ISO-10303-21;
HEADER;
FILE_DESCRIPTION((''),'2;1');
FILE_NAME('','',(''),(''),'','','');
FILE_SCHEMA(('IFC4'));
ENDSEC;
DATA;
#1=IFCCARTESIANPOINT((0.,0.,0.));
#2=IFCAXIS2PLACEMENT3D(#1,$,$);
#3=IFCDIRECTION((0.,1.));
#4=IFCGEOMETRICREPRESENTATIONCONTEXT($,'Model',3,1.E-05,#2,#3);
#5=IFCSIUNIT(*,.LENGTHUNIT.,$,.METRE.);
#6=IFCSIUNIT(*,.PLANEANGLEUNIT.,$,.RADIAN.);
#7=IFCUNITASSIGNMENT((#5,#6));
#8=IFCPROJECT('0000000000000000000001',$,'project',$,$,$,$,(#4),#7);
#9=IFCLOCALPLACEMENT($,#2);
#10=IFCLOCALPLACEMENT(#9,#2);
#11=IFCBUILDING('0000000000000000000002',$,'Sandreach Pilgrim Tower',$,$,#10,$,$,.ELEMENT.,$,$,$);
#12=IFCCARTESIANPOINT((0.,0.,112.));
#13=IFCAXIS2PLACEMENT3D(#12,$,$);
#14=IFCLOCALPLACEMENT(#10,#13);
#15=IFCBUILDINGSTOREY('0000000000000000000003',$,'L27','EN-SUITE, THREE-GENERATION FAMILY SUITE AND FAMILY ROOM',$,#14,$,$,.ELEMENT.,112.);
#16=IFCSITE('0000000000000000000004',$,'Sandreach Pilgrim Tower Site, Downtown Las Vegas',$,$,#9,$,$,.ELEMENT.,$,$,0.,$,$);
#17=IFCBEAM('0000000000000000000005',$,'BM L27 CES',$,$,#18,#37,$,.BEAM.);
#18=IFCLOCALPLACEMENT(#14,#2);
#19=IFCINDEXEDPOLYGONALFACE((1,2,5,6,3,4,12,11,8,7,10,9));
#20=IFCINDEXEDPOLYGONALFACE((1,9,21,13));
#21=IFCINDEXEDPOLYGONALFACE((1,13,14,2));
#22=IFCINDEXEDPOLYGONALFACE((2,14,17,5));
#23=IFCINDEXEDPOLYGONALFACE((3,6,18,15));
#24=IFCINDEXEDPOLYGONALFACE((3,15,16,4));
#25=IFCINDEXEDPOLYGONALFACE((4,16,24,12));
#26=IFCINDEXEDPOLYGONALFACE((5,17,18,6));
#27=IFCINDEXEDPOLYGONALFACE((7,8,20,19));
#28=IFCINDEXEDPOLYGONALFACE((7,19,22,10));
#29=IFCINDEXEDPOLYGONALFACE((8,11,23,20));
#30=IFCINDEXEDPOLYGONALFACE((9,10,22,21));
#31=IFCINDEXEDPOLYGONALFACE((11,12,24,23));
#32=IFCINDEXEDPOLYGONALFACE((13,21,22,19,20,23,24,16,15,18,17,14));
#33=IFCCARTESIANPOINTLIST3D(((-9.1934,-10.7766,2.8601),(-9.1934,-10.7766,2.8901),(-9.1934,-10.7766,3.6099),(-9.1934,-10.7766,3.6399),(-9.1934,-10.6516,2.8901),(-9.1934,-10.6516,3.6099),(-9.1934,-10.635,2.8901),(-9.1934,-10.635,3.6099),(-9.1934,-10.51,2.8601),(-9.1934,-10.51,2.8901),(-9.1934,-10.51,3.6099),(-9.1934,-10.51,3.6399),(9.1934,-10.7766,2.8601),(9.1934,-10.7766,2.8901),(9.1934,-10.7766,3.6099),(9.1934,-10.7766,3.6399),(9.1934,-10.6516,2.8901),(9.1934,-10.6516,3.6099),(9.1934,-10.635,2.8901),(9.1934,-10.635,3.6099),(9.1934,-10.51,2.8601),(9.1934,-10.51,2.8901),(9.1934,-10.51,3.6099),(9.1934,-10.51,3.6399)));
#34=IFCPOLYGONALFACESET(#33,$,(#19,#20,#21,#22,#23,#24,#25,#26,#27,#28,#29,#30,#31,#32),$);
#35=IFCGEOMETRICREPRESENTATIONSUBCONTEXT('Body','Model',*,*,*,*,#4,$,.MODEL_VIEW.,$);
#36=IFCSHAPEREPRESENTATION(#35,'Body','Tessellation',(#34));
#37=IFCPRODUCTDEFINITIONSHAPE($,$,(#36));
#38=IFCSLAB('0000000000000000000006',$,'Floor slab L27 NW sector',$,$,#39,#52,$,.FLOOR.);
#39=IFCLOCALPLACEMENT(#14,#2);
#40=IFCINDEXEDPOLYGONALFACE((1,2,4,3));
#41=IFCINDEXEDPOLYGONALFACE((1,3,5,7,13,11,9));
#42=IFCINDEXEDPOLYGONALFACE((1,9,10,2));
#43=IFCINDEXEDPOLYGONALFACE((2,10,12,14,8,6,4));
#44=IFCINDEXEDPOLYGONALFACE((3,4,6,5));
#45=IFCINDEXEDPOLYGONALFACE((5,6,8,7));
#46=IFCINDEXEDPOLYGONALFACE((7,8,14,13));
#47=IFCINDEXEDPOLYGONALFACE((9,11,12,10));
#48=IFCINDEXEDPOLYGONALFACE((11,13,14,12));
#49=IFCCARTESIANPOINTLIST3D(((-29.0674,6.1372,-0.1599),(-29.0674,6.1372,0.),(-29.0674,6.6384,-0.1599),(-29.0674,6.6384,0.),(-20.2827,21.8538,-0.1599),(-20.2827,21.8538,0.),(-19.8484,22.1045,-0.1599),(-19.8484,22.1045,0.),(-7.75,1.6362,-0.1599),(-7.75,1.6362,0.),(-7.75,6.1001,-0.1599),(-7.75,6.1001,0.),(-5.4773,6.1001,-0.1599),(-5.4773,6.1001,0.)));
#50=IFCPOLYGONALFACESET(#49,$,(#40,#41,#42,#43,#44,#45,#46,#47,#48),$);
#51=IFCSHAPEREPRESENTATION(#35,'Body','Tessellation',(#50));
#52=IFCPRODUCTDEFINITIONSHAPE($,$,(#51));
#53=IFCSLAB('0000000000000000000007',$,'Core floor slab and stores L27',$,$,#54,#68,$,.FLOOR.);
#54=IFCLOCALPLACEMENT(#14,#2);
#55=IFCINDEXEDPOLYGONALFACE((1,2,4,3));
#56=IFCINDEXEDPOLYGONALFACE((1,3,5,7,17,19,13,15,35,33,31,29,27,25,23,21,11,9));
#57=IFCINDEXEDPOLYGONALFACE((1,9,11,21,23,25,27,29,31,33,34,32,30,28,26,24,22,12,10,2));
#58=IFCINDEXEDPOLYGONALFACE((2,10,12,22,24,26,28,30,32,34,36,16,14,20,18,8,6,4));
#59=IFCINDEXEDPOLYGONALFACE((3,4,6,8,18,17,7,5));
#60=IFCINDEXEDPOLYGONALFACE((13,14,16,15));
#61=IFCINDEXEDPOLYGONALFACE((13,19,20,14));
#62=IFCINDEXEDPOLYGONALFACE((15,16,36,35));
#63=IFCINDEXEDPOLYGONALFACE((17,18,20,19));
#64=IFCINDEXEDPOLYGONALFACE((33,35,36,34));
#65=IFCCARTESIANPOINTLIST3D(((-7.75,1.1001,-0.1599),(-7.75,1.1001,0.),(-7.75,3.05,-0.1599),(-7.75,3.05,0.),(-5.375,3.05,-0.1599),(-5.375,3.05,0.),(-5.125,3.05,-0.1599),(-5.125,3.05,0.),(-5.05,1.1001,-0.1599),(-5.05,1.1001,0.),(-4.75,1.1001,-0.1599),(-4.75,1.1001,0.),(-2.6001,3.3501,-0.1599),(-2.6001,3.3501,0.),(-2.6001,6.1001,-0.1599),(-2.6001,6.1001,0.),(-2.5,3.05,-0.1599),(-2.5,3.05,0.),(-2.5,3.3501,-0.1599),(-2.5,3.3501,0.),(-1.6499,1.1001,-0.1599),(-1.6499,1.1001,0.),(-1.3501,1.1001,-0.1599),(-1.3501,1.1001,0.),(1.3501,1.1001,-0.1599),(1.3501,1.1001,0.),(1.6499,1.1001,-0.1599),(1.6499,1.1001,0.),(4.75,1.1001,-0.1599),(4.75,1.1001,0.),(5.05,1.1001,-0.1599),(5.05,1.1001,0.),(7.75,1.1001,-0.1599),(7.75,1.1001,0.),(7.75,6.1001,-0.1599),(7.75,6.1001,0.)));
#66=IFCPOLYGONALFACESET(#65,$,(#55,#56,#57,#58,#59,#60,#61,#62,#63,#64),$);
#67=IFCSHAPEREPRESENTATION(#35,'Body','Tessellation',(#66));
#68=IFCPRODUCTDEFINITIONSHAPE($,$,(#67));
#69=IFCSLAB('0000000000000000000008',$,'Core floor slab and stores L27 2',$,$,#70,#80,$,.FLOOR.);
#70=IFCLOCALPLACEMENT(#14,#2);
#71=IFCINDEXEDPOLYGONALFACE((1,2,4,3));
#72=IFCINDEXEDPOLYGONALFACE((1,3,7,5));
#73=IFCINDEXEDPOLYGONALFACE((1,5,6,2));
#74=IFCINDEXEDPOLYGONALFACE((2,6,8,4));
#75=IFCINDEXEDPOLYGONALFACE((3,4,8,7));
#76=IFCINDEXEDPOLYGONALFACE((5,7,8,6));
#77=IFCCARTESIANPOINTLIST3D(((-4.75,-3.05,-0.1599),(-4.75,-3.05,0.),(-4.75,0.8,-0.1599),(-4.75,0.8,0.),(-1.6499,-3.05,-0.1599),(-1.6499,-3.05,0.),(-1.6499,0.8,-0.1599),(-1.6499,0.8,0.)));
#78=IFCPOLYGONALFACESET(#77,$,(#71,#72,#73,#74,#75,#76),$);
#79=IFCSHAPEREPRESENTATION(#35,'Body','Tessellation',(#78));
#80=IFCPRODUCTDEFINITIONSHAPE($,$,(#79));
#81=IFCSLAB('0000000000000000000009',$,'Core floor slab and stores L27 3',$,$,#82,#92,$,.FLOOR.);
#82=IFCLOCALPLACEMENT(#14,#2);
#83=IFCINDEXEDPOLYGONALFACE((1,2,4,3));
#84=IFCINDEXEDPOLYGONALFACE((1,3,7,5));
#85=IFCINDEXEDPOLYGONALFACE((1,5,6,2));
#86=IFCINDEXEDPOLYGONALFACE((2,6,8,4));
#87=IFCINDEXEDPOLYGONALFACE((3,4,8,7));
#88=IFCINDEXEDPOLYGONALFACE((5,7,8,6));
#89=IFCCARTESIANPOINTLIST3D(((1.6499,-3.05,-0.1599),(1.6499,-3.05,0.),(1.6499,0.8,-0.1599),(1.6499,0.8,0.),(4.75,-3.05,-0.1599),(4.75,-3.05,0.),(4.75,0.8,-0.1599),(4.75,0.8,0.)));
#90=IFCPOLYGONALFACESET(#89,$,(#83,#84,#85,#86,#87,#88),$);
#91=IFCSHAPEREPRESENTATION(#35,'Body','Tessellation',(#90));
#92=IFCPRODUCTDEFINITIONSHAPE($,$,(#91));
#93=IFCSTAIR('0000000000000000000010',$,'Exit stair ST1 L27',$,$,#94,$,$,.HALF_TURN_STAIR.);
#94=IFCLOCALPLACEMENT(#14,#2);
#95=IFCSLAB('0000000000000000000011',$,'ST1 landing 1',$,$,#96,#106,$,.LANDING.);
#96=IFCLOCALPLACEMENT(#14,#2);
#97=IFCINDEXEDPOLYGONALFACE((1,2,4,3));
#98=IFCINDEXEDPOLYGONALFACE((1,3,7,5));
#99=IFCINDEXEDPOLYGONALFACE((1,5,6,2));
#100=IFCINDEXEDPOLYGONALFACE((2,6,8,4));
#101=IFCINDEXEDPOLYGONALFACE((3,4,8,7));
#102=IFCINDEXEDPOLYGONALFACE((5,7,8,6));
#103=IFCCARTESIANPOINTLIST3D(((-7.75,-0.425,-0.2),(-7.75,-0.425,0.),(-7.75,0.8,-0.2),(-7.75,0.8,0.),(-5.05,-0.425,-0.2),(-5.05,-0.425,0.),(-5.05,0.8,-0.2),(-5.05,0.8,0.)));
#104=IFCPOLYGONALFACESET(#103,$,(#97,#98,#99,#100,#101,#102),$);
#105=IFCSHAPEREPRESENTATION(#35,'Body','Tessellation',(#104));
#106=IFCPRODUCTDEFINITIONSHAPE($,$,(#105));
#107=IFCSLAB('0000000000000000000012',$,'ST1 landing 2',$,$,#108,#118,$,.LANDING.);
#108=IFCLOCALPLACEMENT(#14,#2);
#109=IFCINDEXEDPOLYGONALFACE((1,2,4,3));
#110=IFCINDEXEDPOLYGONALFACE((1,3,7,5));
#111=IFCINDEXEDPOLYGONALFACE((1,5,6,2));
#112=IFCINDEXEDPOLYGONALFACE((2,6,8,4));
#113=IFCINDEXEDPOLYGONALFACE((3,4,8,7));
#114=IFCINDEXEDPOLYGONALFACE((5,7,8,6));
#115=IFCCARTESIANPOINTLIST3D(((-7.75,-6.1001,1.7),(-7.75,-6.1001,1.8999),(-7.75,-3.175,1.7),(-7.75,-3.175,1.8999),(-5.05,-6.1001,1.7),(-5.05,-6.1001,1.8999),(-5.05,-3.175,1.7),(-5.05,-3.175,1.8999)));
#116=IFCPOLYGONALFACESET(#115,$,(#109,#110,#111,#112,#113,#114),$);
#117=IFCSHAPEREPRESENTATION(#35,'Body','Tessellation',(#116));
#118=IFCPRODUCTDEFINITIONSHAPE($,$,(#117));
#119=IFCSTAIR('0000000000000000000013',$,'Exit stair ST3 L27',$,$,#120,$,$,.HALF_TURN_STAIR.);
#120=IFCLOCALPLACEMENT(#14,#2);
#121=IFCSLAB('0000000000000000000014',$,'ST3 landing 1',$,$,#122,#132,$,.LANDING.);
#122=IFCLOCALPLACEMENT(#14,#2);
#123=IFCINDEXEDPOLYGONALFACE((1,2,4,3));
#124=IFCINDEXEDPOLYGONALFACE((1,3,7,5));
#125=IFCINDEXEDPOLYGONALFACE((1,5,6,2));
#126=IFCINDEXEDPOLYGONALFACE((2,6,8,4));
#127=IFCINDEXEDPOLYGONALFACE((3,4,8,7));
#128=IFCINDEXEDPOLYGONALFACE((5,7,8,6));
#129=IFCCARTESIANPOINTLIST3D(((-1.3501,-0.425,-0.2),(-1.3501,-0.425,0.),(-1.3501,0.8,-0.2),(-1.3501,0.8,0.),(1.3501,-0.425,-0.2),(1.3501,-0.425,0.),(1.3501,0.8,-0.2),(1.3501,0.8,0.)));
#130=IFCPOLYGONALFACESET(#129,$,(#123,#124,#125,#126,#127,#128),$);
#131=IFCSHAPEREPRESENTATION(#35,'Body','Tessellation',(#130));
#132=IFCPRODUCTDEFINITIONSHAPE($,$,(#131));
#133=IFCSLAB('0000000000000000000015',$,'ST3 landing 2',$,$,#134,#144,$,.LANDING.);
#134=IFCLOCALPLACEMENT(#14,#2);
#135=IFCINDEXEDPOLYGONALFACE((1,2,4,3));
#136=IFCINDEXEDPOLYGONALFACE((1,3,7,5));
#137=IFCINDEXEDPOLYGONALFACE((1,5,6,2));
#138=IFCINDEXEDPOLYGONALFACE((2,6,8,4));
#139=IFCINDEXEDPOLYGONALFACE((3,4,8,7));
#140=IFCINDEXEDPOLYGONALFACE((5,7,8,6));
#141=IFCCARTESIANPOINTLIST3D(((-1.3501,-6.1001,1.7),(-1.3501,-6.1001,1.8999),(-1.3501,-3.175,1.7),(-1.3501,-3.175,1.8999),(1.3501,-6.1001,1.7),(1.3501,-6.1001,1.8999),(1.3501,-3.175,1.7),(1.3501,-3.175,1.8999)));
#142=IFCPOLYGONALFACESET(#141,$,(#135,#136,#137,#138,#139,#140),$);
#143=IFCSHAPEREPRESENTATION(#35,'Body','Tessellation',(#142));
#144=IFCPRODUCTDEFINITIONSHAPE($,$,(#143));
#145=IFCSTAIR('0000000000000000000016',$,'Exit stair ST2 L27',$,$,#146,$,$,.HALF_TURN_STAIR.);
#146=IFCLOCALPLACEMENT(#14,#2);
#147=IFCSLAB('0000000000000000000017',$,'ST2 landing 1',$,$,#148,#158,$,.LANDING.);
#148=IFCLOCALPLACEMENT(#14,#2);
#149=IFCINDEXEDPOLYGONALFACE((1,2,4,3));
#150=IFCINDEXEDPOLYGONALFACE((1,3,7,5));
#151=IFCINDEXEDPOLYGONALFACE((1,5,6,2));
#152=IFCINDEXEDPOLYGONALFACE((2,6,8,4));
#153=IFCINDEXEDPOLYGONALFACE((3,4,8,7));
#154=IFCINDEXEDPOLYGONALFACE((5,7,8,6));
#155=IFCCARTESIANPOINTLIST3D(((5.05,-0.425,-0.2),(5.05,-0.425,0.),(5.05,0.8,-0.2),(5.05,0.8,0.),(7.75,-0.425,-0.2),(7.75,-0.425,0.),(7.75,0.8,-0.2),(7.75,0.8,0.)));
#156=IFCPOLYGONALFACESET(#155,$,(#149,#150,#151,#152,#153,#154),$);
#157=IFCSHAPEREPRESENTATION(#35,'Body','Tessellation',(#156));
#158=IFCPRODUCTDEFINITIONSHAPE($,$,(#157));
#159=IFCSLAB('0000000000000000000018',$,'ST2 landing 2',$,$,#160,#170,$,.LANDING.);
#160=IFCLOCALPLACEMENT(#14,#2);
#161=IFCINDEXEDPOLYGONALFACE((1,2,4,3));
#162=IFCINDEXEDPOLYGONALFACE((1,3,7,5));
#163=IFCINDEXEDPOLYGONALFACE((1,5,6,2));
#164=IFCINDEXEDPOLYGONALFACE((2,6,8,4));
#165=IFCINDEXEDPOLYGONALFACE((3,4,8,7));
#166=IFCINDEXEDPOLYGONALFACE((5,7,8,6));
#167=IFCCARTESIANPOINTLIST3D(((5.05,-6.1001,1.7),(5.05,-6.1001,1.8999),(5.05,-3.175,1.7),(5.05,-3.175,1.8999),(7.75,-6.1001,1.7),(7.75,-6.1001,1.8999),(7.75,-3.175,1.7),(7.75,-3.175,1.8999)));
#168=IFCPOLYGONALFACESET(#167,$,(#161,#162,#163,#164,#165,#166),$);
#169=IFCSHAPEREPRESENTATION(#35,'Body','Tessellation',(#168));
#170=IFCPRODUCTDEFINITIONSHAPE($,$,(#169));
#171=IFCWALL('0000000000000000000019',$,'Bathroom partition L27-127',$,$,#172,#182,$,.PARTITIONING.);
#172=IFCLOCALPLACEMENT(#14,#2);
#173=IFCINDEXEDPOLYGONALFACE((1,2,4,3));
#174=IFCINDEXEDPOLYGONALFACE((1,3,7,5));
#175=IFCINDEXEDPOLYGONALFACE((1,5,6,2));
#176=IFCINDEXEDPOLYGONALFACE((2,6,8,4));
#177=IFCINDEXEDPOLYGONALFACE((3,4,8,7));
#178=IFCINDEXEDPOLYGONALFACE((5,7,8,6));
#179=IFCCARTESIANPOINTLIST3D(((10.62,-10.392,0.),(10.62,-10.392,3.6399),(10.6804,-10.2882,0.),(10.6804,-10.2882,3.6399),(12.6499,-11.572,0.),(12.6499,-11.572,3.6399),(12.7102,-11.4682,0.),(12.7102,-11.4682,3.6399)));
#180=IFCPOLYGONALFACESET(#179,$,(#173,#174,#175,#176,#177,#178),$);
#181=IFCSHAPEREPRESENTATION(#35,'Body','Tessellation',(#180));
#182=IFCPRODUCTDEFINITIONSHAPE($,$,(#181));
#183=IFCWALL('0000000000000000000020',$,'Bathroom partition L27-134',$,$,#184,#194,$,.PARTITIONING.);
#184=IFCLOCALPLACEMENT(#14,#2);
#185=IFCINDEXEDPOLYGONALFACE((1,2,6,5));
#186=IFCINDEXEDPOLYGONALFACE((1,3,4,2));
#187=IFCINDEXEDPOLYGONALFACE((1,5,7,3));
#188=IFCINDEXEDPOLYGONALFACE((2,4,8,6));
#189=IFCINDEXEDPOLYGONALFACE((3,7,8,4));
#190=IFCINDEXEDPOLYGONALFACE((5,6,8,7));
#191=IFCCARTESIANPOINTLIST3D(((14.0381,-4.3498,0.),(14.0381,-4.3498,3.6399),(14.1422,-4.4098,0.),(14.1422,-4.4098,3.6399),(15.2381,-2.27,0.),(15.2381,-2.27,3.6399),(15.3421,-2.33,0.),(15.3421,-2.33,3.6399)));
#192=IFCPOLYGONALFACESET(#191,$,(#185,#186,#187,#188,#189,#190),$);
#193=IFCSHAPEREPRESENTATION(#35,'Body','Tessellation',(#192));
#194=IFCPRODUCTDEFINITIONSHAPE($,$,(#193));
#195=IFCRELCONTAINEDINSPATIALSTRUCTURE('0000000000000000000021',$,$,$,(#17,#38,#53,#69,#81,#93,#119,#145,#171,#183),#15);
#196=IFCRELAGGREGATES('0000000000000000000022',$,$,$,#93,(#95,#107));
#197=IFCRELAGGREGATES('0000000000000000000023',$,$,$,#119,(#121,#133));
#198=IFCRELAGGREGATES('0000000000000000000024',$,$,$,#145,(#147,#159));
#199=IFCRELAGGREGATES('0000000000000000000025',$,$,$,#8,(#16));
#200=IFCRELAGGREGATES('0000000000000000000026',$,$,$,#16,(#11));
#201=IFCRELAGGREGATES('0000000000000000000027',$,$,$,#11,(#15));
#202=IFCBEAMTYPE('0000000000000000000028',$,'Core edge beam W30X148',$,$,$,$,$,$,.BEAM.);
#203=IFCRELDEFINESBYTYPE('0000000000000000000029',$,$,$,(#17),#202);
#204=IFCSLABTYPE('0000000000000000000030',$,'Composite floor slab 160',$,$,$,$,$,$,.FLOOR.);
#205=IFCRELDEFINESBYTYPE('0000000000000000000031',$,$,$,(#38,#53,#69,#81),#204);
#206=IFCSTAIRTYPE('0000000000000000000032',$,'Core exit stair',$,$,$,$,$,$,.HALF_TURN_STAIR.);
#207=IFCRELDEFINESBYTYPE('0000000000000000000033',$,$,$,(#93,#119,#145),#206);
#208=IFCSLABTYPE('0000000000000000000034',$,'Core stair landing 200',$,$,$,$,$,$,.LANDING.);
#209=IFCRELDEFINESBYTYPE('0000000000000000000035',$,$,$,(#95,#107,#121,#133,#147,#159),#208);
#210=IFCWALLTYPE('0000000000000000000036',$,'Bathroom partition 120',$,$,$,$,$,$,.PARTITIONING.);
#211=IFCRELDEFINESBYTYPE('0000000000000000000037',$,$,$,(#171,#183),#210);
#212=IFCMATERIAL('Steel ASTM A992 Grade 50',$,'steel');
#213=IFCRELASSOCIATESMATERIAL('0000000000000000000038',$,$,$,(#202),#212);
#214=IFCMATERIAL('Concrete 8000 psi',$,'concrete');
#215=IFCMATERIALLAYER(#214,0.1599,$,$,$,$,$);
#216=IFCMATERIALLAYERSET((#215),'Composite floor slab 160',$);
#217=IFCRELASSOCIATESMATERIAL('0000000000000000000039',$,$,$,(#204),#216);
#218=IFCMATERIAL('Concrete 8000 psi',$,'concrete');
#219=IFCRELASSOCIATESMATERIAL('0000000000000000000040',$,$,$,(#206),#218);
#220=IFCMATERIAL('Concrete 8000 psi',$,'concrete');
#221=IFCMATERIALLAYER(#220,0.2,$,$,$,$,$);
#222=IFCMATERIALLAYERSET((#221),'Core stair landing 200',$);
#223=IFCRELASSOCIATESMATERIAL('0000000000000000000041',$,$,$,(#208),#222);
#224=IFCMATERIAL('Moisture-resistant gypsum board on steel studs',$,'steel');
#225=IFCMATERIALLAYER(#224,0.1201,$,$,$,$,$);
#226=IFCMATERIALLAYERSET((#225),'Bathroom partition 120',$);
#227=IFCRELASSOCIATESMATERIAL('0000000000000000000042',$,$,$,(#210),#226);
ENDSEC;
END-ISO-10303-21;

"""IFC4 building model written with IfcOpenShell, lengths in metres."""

from ifc_helpers import new_model, si_unit, direction, frame, frame_2d, origin, origin_2d, place, context, subcontext, project, spatial, polyline, rectangle, i_section, outline, extrude, material, layer, layer_set, material_profile, profile_set, type_object, element, aggregate, save


model = new_model("IFC4")

# Units and contexts
model_context = context("Model", 3, precision=1e-05, world=origin(), true_north=direction((0.0, 1.0)))
body_context = subcontext(model_context, "Body", "Model", "MODEL_VIEW")
ifc_project = project(units=[si_unit("LENGTHUNIT", "METRE"), si_unit("PLANEANGLEUNIT", "RADIAN")], contexts=[model_context])

# Site, building, storey
site_placement = place(None, origin())
site = spatial("IfcSite", under=ifc_project, at=site_placement, Name="Sandreach Pilgrim Tower Site, Downtown Las Vegas", CompositionType="ELEMENT", RefElevation=0.0)
building_placement = place(site_placement, origin())
building = spatial("IfcBuilding", under=site, at=building_placement, Name="Sandreach Pilgrim Tower", CompositionType="ELEMENT")
storey_placement = place(building_placement, frame((0.0, 0.0, 112.0)))
storey = spatial("IfcBuildingStorey", under=building, at=storey_placement, Name="L27", Description="EN-SUITE, THREE-GENERATION FAMILY SUITE AND FAMILY ROOM", CompositionType="ELEMENT", Elevation=112.0)

# Beam
ifc_material_1 = material(Name="Steel ASTM A992 Grade 50", Category="steel")
ifc_material_profile = material_profile(ifc_material_1, i_section(OverallWidth=0.2666, OverallDepth=0.7798, WebThickness=0.0166, FlangeThickness=0.03, at=origin_2d()), Name="W30X148")
ifc_profile_set = profile_set([ifc_material_profile], Name="Steel ASTM A992 Grade 50")
beam_type = type_object("IfcBeamType", Name="Core edge beam W30X148", PredefinedType="BEAM", material=ifc_profile_set)
beam_placement = place(storey_placement, frame((9.1934, -10.6433, 3.25), z_axis=(-1.0, 0.0, 0.0), x_axis=(0.0, -1.0, 0.0)))
element("IfcBeam", 1, at=beam_placement, inside=storey, type_object=beam_type, Name="BM L27 CES", PredefinedType="BEAM", context=body_context, shape_type="SweptSolid", body=[
    extrude(i_section(OverallWidth=0.2666, OverallDepth=0.7798, WebThickness=0.0166, FlangeThickness=0.03, at=origin_2d()), origin(), (0.0, 0.0, 1.0), 18.3867),
])

# Slabs
ifc_material_2 = material(Name="Concrete 8000 psi", Category="concrete")
ifc_layer_1 = layer(ifc_material_2, 0.1599)
ifc_layer_set_1 = layer_set([ifc_layer_1], Name="Composite floor slab 160")
slab_type_1 = type_object("IfcSlabType", Name="Composite floor slab 160", PredefinedType="FLOOR", material=ifc_layer_set_1)
slab_1_placement = place(storey_placement, frame((0.0, 0.0, -0.1599)))
element("IfcSlab", 2, at=slab_1_placement, inside=storey, type_object=slab_type_1, Name="Floor slab L27 NW sector", PredefinedType="FLOOR", context=body_context, shape_type="SweptSolid", body=[
    extrude(outline(polyline([(-29.0674, 6.6384), (-20.2827, 21.8538), (-19.8484, 22.1045), (-5.4773, 6.1001), (-7.75, 6.1001), (-7.75, 1.6362), (-29.0674, 6.1372), (-29.0674, 6.6384)])), origin(), (0.0, 0.0, 1.0), 0.1599),
])
slab_2_placement = place(storey_placement, frame((0.0, 0.0, -0.1599)))
element("IfcSlab", 3, at=slab_2_placement, inside=storey, type_object=slab_type_1, Name="Core floor slab and stores L27", PredefinedType="FLOOR", context=body_context, shape_type="SweptSolid", body=[
    extrude(outline(polyline([(-7.75, 3.05), (-5.375, 3.05), (-5.125, 3.05), (-2.5, 3.05), (-2.5, 3.3501), (-2.6001, 3.3501), (-2.6001, 6.1001), (7.75, 6.1001), (7.75, 1.1001), (5.05, 1.1001), (4.75, 1.1001), (1.6499, 1.1001), (1.3501, 1.1001), (-1.3501, 1.1001), (-1.6499, 1.1001), (-4.75, 1.1001), (-5.05, 1.1001), (-7.75, 1.1001), (-7.75, 3.05)])), origin(), (0.0, 0.0, 1.0), 0.1599),
])
slab_3_placement = place(storey_placement, frame((0.0, 0.0, -0.1599)))
element("IfcSlab", 4, at=slab_3_placement, inside=storey, type_object=slab_type_1, Name="Core floor slab and stores L27 2", PredefinedType="FLOOR", context=body_context, shape_type="SweptSolid", body=[
    extrude(outline(polyline([(-1.6499, -3.05), (-4.75, -3.05), (-4.75, 0.8), (-1.6499, 0.8), (-1.6499, -3.05)])), origin(), (0.0, 0.0, 1.0), 0.1599),
])
slab_4_placement = place(storey_placement, frame((0.0, 0.0, -0.1599)))
element("IfcSlab", 5, at=slab_4_placement, inside=storey, type_object=slab_type_1, Name="Core floor slab and stores L27 3", PredefinedType="FLOOR", context=body_context, shape_type="SweptSolid", body=[
    extrude(outline(polyline([(4.75, -3.05), (1.6499, -3.05), (1.6499, 0.8), (4.75, 0.8), (4.75, -3.05)])), origin(), (0.0, 0.0, 1.0), 0.1599),
])

# Stairs, slabs
ifc_material_3 = material(Name="Concrete 8000 psi", Category="concrete")
stair_type = type_object("IfcStairType", Name="Core exit stair", PredefinedType="HALF_TURN_STAIR", material=ifc_material_3)
stair_1_placement = place(storey_placement, origin())
stair_1 = element("IfcStair", 6, at=stair_1_placement, inside=storey, type_object=stair_type, Name="Exit stair ST1 L27", PredefinedType="HALF_TURN_STAIR")
ifc_material_4 = material(Name="Concrete 8000 psi", Category="concrete")
ifc_layer_2 = layer(ifc_material_4, 0.2)
ifc_layer_set_2 = layer_set([ifc_layer_2], Name="Core stair landing 200")
slab_type_2 = type_object("IfcSlabType", Name="Core stair landing 200", PredefinedType="LANDING", material=ifc_layer_set_2)
slab_5_placement = place(storey_placement, frame((0.0, 0.0, -0.2)))
slab_5 = element("IfcSlab", 7, at=slab_5_placement, type_object=slab_type_2, Name="ST1 landing 1", PredefinedType="LANDING", context=body_context, shape_type="SweptSolid", body=[
    extrude(outline(polyline([(-7.75, -0.425), (-5.05, -0.425), (-5.05, 0.8), (-7.75, 0.8), (-7.75, -0.425)])), origin(), (0.0, 0.0, 1.0), 0.2),
])
slab_6_placement = place(storey_placement, frame((0.0, 0.0, 1.7)))
slab_6 = element("IfcSlab", 8, at=slab_6_placement, type_object=slab_type_2, Name="ST1 landing 2", PredefinedType="LANDING", context=body_context, shape_type="SweptSolid", body=[
    extrude(outline(polyline([(-7.75, -6.1001), (-5.05, -6.1001), (-5.05, -3.175), (-7.75, -3.175), (-7.75, -6.1001)])), origin(), (0.0, 0.0, 1.0), 0.2),
])
aggregate(stair_1, [slab_5, slab_6])
stair_2_placement = place(storey_placement, origin())
stair_2 = element("IfcStair", 9, at=stair_2_placement, inside=storey, type_object=stair_type, Name="Exit stair ST3 L27", PredefinedType="HALF_TURN_STAIR")
slab_7_placement = place(storey_placement, frame((0.0, 0.0, -0.2)))
slab_7 = element("IfcSlab", 10, at=slab_7_placement, type_object=slab_type_2, Name="ST3 landing 1", PredefinedType="LANDING", context=body_context, shape_type="SweptSolid", body=[
    extrude(outline(polyline([(-1.3501, -0.425), (1.3501, -0.425), (1.3501, 0.8), (-1.3501, 0.8), (-1.3501, -0.425)])), origin(), (0.0, 0.0, 1.0), 0.2),
])
slab_8_placement = place(storey_placement, frame((0.0, 0.0, 1.7)))
slab_8 = element("IfcSlab", 11, at=slab_8_placement, type_object=slab_type_2, Name="ST3 landing 2", PredefinedType="LANDING", context=body_context, shape_type="SweptSolid", body=[
    extrude(outline(polyline([(-1.3501, -6.1001), (1.3501, -6.1001), (1.3501, -3.175), (-1.3501, -3.175), (-1.3501, -6.1001)])), origin(), (0.0, 0.0, 1.0), 0.2),
])
stair_3_placement = place(storey_placement, origin())
stair_3 = element("IfcStair", 12, at=stair_3_placement, inside=storey, type_object=stair_type, Name="Exit stair ST2 L27", PredefinedType="HALF_TURN_STAIR")
slab_9_placement = place(storey_placement, frame((0.0, 0.0, -0.2)))
slab_9 = element("IfcSlab", 13, at=slab_9_placement, type_object=slab_type_2, Name="ST2 landing 1", PredefinedType="LANDING", context=body_context, shape_type="SweptSolid", body=[
    extrude(outline(polyline([(5.05, -0.425), (7.75, -0.425), (7.75, 0.8), (5.05, 0.8), (5.05, -0.425)])), origin(), (0.0, 0.0, 1.0), 0.2),
])
slab_10_placement = place(storey_placement, frame((0.0, 0.0, 1.7)))
slab_10 = element("IfcSlab", 14, at=slab_10_placement, type_object=slab_type_2, Name="ST2 landing 2", PredefinedType="LANDING", context=body_context, shape_type="SweptSolid", body=[
    extrude(outline(polyline([(5.05, -6.1001), (7.75, -6.1001), (7.75, -3.175), (5.05, -3.175), (5.05, -6.1001)])), origin(), (0.0, 0.0, 1.0), 0.2),
])

# Walls
ifc_material_5 = material(Name="Moisture-resistant gypsum board on steel studs", Category="steel")
ifc_layer_3 = layer(ifc_material_5, 0.1201)
ifc_layer_set_3 = layer_set([ifc_layer_3], Name="Bathroom partition 120")
wall_type_1 = type_object("IfcWallType", Name="Bathroom partition 120", PredefinedType="PARTITIONING", material=ifc_layer_set_3)
wall_1_placement = place(storey_placement, frame((12.6799, -11.52, 0.0), z_axis=(0.0, 0.0, 1.0), x_axis=(-0.86454, 0.502564, 0.0)))
element("IfcWall", 15, at=wall_1_placement, inside=storey, type_object=wall_type_1, Name="Bathroom partition L27-127", PredefinedType="PARTITIONING", context=body_context, shape_type="SweptSolid", body=[
    extrude(rectangle(XDim=2.3479, YDim=0.1201, at=frame_2d((1.1738, 0.0))), origin(), (0.0, 0.0, 1.0), 3.6399),
])
wall_2_placement = place(storey_placement, frame((14.0901, -4.3799, 0.0), z_axis=(0.0, 0.0, 1.0), x_axis=(0.499737, 0.866177, 0.0)))
element("IfcWall", 16, at=wall_2_placement, inside=storey, type_object=wall_type_1, Name="Bathroom partition L27-134", PredefinedType="PARTITIONING", context=body_context, shape_type="SweptSolid", body=[
    extrude(rectangle(XDim=2.4011, YDim=0.1201, at=frame_2d((1.2007, 0.0))), origin(), (0.0, 0.0, 1.0), 3.6399),
])

aggregate(stair_2, [slab_7, slab_8])
aggregate(stair_3, [slab_9, slab_10])

save(model, "model.ifc")
